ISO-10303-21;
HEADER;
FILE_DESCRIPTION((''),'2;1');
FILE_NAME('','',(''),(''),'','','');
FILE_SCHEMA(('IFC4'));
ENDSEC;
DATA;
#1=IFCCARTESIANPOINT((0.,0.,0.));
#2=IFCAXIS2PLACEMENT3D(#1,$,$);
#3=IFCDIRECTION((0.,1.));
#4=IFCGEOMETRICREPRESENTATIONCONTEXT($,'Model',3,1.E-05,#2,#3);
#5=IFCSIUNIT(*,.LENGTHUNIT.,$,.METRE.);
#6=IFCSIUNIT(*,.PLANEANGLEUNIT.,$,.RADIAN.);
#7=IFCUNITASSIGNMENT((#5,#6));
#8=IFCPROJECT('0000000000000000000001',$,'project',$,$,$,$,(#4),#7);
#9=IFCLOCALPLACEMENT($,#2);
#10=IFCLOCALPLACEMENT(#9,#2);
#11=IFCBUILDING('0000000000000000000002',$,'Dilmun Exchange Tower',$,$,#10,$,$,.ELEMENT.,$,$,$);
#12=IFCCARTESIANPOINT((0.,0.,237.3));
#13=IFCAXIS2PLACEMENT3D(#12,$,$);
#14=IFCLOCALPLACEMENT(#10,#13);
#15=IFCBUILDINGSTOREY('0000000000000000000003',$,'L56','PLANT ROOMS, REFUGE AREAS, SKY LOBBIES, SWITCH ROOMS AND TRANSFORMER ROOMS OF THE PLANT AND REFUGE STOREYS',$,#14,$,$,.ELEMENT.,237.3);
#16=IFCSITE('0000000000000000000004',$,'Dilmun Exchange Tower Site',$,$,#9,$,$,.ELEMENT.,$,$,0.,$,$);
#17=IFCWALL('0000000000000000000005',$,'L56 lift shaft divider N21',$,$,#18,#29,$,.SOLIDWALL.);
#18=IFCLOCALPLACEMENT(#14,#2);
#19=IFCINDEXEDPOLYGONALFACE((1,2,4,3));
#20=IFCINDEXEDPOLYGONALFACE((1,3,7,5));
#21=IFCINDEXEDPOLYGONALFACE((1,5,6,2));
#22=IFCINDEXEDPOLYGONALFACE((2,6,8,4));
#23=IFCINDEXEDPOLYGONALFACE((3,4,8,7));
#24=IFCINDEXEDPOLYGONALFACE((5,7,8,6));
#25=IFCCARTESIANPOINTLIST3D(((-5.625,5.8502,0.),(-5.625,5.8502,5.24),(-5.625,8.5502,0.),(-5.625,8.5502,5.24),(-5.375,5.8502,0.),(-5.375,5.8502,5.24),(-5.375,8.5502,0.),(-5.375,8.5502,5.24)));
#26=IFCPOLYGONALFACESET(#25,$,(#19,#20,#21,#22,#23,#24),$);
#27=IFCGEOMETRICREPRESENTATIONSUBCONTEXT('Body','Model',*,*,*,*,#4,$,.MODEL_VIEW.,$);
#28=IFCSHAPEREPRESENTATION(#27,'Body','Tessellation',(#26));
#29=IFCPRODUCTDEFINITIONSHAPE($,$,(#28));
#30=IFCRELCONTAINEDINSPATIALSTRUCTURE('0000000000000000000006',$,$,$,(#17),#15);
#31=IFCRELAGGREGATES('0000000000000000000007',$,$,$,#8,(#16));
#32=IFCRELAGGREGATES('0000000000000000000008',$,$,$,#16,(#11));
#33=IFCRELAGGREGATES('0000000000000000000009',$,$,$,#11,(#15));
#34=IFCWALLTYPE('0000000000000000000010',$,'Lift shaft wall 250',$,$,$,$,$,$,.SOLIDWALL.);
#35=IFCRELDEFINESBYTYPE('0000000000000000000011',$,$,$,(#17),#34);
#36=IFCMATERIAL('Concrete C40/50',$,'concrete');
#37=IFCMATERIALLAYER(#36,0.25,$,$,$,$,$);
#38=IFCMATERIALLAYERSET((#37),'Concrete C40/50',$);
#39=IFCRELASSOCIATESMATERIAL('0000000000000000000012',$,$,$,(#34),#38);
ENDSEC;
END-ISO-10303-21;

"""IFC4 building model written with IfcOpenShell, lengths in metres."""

from ifc_helpers import new_model, si_unit, direction, frame, frame_2d, origin, place, context, subcontext, project, spatial, rectangle, extrude, material, layer, layer_set, type_object, element, save


model = new_model("IFC4")

# Units and contexts
model_context = context("Model", 3, precision=1e-05, world=origin(), true_north=direction((0.0, 1.0)))
body_context = subcontext(model_context, "Body", "Model", "MODEL_VIEW")
ifc_project = project(units=[si_unit("LENGTHUNIT", "METRE"), si_unit("PLANEANGLEUNIT", "RADIAN")], contexts=[model_context])

# Site, building, storey
site_placement = place(None, origin())
site = spatial("IfcSite", under=ifc_project, at=site_placement, Name="Dilmun Exchange Tower Site", CompositionType="ELEMENT", RefElevation=0.0)
building_placement = place(site_placement, origin())
building = spatial("IfcBuilding", under=site, at=building_placement, Name="Dilmun Exchange Tower", CompositionType="ELEMENT")
storey_placement = place(building_placement, frame((0.0, 0.0, 237.3)))
storey = spatial("IfcBuildingStorey", under=building, at=storey_placement, Name="L56", Description="PLANT ROOMS, REFUGE AREAS, SKY LOBBIES, SWITCH ROOMS AND TRANSFORMER ROOMS OF THE PLANT AND REFUGE STOREYS", CompositionType="ELEMENT", Elevation=237.3)

# Shared definitions
ifc_material_1 = material(Name="Concrete C40/50", Category="concrete")

# Shared definitions
ifc_layer_1 = layer(ifc_material_1, 0.25)
ifc_layer_set_1 = layer_set([ifc_layer_1], Name="Concrete C40/50")
wall_type_1 = type_object("IfcWallType", Name="Lift shaft wall 250", PredefinedType="SOLIDWALL", material=ifc_layer_set_1)

# Wall
for number, where, z_axis, x_axis, name in (
    (1, (-5.5, 5.8501, 0.0), (0.0, 0.0, 1.0), (0.0, 1.0, 0.0), "L56 lift shaft divider N21"),
):
    element("IfcWall", number, at=place(storey_placement, frame(where, z_axis=z_axis, x_axis=x_axis)), inside=storey, type_object=wall_type_1, Name=name, PredefinedType="SOLIDWALL", context=body_context, shape_type="SweptSolid", body=[
        extrude(rectangle(XDim=2.7, YDim=0.25, at=frame_2d((1.3501, 0.0))), origin(), (0.0, 0.0, 1.0), 5.24),
    ])

save(model, "model.ifc")
